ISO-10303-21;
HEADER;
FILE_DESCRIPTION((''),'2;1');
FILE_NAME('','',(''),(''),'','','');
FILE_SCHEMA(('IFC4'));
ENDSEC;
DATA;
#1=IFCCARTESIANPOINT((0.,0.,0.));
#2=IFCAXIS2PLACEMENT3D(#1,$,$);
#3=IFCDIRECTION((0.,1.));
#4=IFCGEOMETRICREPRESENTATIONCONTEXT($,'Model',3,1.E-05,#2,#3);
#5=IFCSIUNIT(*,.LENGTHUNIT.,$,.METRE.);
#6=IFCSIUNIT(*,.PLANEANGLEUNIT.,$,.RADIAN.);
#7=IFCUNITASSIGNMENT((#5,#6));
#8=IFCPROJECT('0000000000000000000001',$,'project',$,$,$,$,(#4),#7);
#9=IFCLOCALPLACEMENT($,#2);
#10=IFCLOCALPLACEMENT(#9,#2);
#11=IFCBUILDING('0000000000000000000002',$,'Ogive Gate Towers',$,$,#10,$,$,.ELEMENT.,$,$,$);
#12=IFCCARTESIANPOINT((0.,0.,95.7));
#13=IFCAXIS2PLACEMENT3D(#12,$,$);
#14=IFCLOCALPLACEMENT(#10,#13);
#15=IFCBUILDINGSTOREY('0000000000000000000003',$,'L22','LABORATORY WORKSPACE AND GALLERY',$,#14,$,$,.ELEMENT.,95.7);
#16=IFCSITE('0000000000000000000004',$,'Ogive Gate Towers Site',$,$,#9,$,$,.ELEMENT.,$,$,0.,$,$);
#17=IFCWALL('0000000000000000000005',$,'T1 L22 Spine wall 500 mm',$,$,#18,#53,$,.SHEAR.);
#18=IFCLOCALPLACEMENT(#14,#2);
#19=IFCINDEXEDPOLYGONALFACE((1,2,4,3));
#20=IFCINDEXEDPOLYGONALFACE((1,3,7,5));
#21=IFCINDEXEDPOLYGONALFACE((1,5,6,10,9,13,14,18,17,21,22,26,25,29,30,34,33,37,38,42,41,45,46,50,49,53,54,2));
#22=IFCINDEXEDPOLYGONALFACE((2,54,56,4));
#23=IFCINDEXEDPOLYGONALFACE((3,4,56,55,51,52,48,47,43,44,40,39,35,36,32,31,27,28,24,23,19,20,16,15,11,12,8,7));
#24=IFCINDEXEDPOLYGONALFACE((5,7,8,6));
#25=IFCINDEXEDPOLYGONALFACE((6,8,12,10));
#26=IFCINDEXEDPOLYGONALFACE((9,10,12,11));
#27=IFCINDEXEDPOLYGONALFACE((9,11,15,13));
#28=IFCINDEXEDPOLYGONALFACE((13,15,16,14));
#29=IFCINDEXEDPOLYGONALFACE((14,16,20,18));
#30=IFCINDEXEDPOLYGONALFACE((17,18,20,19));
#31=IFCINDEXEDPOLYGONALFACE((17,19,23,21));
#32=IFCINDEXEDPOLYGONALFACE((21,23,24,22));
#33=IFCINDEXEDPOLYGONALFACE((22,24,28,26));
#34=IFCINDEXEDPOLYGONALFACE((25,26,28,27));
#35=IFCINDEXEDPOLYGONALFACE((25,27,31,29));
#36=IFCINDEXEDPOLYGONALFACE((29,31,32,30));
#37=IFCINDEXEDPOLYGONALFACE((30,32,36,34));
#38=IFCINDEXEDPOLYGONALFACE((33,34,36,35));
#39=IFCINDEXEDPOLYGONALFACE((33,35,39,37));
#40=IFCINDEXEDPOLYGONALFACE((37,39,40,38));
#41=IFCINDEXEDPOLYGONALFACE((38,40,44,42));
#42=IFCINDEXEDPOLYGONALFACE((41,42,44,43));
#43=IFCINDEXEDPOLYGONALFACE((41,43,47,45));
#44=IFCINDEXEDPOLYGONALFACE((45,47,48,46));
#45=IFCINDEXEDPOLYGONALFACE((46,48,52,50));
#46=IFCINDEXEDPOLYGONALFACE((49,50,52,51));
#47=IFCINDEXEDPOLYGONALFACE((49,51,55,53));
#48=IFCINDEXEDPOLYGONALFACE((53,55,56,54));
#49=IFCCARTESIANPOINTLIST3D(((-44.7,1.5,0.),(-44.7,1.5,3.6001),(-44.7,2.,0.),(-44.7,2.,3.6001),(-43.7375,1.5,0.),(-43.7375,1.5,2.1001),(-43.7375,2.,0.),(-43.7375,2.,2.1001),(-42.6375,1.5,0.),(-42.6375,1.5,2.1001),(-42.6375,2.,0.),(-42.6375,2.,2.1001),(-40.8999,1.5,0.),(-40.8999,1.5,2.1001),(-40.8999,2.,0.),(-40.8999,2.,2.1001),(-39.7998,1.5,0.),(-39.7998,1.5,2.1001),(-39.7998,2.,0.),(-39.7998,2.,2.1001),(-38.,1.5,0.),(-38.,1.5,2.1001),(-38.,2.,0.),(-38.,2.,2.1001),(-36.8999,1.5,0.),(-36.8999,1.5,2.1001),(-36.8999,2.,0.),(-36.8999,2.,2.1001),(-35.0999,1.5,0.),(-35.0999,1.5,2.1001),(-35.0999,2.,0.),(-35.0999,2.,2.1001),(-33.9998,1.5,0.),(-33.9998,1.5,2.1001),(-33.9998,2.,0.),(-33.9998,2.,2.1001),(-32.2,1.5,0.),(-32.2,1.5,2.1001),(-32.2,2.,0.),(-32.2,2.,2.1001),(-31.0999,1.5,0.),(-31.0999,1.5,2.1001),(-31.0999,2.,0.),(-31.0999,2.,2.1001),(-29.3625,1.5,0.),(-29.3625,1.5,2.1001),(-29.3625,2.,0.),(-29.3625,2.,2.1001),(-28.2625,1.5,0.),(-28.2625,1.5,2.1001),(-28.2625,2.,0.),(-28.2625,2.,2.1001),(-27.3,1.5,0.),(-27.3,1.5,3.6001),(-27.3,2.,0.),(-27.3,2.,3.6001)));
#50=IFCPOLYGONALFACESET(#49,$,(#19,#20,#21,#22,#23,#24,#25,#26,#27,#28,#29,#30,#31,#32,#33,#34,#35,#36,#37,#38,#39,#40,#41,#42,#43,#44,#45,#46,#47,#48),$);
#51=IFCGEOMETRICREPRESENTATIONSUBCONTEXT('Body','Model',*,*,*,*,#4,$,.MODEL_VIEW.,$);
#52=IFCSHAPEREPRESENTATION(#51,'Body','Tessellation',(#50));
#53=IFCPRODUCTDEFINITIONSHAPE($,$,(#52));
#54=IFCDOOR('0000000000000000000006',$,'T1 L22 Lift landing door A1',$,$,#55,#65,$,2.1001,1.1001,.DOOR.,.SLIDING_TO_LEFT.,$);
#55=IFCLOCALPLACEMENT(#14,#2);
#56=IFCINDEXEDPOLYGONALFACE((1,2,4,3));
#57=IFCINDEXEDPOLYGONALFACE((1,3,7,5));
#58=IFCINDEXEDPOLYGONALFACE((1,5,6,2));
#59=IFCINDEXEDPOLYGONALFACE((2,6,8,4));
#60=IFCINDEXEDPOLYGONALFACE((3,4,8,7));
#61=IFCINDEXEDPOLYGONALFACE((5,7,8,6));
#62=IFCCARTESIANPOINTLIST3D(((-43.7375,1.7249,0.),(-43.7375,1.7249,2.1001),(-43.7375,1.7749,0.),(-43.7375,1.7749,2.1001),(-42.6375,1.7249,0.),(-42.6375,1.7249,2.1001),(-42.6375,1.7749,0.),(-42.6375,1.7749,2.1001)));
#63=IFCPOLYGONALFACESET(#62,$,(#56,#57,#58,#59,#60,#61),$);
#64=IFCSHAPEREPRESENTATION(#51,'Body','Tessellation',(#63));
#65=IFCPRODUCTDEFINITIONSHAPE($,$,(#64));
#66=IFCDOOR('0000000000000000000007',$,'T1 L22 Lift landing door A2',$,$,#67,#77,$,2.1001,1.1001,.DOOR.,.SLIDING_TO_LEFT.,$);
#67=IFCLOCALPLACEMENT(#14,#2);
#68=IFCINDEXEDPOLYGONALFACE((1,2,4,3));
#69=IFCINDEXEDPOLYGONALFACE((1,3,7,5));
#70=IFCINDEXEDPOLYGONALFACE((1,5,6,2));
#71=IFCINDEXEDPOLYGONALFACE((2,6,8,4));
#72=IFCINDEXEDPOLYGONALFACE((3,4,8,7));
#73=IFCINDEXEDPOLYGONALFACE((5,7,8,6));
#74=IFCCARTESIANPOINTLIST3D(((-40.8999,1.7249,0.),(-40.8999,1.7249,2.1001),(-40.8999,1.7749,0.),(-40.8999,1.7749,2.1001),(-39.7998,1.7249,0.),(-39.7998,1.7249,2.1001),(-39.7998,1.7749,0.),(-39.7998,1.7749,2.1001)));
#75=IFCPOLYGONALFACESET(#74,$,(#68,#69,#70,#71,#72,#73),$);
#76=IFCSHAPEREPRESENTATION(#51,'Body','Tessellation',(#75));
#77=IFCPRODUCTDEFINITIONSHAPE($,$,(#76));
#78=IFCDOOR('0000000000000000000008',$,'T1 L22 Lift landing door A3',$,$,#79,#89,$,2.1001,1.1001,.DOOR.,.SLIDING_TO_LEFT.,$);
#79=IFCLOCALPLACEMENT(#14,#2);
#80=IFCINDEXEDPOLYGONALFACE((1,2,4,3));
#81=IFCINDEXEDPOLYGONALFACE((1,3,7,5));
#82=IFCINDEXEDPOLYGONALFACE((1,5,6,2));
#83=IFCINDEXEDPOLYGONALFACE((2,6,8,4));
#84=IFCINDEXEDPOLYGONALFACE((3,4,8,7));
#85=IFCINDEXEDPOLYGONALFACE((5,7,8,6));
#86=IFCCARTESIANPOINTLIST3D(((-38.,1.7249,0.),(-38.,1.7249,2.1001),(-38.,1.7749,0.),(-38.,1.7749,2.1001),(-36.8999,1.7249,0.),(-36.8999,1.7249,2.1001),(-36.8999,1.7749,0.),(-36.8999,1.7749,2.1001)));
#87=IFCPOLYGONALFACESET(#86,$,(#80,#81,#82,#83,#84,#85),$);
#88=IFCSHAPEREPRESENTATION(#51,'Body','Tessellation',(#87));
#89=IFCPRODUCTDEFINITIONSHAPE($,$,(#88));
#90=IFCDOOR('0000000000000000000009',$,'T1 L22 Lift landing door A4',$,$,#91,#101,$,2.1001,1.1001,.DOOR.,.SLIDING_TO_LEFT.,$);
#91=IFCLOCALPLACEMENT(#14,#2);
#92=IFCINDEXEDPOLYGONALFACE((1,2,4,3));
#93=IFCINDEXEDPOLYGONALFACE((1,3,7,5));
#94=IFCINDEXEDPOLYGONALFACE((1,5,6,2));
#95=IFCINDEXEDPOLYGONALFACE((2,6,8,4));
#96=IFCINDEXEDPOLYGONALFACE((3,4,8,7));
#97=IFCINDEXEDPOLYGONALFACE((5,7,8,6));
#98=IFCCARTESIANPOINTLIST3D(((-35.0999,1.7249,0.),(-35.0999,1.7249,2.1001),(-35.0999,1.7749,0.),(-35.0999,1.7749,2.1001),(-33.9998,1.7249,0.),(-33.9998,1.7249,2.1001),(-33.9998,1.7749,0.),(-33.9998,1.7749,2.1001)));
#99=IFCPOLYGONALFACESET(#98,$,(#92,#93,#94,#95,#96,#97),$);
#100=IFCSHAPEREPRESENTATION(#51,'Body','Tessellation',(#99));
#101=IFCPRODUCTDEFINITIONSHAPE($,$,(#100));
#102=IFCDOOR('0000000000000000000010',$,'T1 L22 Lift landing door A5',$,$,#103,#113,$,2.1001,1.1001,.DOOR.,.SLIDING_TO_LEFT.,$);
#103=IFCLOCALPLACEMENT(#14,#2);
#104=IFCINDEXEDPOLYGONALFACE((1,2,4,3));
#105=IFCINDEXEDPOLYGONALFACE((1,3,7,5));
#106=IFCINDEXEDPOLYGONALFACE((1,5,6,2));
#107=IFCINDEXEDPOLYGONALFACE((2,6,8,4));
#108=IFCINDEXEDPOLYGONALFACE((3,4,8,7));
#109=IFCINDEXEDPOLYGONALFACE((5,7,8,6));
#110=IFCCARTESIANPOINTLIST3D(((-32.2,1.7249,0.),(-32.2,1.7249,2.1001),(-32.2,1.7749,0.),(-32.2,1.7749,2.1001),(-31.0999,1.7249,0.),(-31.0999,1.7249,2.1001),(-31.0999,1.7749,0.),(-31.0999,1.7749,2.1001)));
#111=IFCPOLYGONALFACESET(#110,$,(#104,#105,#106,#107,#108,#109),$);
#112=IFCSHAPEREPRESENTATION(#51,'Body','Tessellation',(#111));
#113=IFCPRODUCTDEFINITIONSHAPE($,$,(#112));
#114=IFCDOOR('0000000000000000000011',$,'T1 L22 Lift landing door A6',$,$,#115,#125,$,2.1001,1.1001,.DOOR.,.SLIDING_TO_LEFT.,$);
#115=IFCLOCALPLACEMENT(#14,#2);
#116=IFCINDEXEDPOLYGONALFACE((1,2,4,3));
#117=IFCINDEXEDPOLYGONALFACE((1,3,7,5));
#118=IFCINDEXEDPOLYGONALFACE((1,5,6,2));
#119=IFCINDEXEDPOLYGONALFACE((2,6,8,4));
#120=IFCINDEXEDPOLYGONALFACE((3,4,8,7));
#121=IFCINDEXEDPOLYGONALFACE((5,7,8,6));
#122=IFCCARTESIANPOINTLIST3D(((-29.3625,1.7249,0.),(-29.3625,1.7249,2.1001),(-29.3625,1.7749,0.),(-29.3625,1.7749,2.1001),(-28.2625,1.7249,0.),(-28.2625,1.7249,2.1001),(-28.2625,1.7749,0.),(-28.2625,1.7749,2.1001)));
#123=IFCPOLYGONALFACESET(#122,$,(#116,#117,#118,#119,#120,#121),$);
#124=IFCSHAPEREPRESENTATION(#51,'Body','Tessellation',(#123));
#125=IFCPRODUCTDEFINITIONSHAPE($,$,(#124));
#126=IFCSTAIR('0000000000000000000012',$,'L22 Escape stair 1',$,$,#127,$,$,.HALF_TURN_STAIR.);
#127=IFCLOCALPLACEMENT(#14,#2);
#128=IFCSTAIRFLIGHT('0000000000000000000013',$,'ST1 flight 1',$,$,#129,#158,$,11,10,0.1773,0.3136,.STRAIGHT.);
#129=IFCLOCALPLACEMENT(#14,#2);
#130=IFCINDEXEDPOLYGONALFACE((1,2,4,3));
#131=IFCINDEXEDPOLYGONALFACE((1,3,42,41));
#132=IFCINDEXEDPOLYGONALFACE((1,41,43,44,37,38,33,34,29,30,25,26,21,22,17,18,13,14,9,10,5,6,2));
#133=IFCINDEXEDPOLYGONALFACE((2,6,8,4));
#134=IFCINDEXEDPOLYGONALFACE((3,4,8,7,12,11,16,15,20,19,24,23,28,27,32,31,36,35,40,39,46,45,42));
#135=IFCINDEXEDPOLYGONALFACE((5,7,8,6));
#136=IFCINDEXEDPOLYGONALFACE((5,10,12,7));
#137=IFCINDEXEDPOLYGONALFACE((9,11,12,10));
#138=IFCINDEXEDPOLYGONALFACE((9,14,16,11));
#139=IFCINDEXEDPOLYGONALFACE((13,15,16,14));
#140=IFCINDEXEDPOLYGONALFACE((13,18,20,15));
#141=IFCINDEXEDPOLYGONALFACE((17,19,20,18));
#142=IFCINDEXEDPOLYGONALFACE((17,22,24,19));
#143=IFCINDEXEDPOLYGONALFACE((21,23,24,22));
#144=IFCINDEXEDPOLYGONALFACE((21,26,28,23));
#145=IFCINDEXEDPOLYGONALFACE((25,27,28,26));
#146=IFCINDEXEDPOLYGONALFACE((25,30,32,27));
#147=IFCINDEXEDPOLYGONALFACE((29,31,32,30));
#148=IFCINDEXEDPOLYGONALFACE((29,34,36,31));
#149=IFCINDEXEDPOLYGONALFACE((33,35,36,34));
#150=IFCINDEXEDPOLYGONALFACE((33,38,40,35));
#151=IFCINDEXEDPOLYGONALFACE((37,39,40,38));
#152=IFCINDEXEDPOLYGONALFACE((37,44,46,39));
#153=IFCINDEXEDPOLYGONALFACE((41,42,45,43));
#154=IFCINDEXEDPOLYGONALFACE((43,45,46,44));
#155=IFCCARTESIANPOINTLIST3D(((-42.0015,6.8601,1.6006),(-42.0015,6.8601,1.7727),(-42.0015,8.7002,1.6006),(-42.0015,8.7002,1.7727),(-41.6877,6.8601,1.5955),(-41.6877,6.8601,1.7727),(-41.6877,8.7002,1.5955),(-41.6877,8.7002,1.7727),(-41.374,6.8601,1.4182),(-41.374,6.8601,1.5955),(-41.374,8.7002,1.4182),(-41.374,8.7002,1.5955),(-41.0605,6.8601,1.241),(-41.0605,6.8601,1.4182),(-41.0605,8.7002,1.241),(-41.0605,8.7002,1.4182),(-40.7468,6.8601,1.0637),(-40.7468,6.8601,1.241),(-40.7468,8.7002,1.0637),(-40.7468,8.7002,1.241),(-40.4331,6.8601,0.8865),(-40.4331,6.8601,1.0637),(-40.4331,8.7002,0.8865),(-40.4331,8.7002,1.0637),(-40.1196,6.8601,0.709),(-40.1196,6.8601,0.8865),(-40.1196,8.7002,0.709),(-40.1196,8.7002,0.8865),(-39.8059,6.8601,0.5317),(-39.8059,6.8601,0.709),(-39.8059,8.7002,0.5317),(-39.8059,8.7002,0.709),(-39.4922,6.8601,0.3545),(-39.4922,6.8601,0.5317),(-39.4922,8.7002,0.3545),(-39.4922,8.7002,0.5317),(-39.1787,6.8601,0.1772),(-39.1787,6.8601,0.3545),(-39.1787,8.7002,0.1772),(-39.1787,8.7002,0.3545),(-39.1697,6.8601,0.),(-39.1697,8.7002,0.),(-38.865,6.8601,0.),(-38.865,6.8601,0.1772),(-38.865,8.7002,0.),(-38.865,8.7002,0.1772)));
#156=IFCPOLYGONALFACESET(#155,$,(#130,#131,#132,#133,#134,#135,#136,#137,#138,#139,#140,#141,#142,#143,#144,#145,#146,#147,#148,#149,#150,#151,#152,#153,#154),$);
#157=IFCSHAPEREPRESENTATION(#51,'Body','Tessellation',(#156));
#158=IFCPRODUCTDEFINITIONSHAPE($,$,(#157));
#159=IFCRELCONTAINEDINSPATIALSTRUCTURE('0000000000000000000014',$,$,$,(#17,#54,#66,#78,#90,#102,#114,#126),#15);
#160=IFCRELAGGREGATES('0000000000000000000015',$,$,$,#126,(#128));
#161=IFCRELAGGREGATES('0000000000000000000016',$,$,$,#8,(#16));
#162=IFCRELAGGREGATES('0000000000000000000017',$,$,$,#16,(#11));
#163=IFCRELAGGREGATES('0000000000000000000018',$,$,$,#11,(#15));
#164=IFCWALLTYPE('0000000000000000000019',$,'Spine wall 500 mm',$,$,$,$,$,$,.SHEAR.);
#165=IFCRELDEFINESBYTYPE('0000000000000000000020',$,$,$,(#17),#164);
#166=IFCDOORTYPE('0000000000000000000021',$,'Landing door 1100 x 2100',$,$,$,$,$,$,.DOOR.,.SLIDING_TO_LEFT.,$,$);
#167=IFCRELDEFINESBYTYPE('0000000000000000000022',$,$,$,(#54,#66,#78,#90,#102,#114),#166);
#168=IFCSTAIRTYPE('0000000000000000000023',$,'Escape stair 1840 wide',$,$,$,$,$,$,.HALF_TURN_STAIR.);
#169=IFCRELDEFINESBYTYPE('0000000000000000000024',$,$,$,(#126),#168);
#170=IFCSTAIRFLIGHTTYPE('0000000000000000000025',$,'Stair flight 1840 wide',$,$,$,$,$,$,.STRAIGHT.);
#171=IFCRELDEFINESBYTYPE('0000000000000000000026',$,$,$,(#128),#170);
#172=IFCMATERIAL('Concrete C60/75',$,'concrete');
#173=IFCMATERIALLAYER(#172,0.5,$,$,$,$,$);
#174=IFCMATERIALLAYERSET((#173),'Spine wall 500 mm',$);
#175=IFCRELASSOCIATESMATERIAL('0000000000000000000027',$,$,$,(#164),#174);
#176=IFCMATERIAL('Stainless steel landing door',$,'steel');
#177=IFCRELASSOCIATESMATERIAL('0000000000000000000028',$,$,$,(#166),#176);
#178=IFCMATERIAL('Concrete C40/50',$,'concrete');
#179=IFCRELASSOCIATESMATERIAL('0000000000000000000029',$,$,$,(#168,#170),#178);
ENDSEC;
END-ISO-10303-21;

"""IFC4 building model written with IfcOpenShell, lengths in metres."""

from ifc_helpers import new_model, si_unit, direction, frame, frame_2d, origin, place, context, subcontext, project, spatial, polyline, rectangle, outline, extrude, material, layer, layer_set, type_object, element, fill, aggregate, save


model = new_model("IFC4")

# Units and contexts
model_context = context("Model", 3, precision=1e-05, world=origin(), true_north=direction((0.0, 1.0)))
body_context = subcontext(model_context, "Body", "Model", "MODEL_VIEW")
ifc_project = project(units=[si_unit("LENGTHUNIT", "METRE"), si_unit("PLANEANGLEUNIT", "RADIAN")], contexts=[model_context])

# Site, building, storey
site_placement = place(None, origin())
site = spatial("IfcSite", under=ifc_project, at=site_placement, Name="Ogive Gate Towers Site", CompositionType="ELEMENT", RefElevation=0.0)
building_placement = place(site_placement, origin())
building = spatial("IfcBuilding", under=site, at=building_placement, Name="Ogive Gate Towers", CompositionType="ELEMENT")
storey_placement = place(building_placement, frame((0.0, 0.0, 95.7)))
storey = spatial("IfcBuildingStorey", under=building, at=storey_placement, Name="L22", Description="LABORATORY WORKSPACE AND GALLERY", CompositionType="ELEMENT", Elevation=95.7)

# Shared definitions
ifc_material_1 = material(Name="Concrete C60/75", Category="concrete")

# Wall, openings, doors
ifc_layer_1 = layer(ifc_material_1, 0.5)
ifc_layer_set_1 = layer_set([ifc_layer_1], Name="Spine wall 500 mm")
wall_type_1 = type_object("IfcWallType", Name="Spine wall 500 mm", PredefinedType="SHEAR", material=ifc_layer_set_1)
wall_1_placement = place(storey_placement, frame((-44.7, 1.75, 0.0), z_axis=(0.0, 0.0, 1.0), x_axis=(1.0, 0.0, 0.0)))
wall_1 = element("IfcWall", 1, at=wall_1_placement, inside=storey, type_object=wall_type_1, Name="T1 L22 Spine wall 500 mm", PredefinedType="SHEAR", context=body_context, shape_type="SweptSolid", body=[
    extrude(rectangle(XDim=17.3999, YDim=0.5, at=frame_2d((8.7, 0.0))), origin(), (0.0, 0.0, 1.0), 3.6001),
])
opening_1_placement = place(wall_1_placement, frame((0.9624, 0.0, 0.0)))
opening_1 = element("IfcOpeningElement", 2, at=opening_1_placement, cuts=wall_1, PredefinedType="OPENING", context=body_context, shape_type="SweptSolid", body=[
    extrude(rectangle(XDim=1.1001, YDim=2.1001, at=frame_2d((0.55, 1.05))), frame((0.0, 0.26, 0.0), z_axis=(0.0, -1.0, 0.0), x_axis=(1.0, 0.0, 0.0)), (0.0, 0.0, 1.0), 0.52),
])
opening_2_placement = place(wall_1_placement, frame((3.8, 0.0, 0.0)))
opening_2 = element("IfcOpeningElement", 3, at=opening_2_placement, cuts=wall_1, PredefinedType="OPENING", context=body_context, shape_type="SweptSolid", body=[
    extrude(rectangle(XDim=1.1001, YDim=2.1001, at=frame_2d((0.55, 1.05))), frame((0.0, 0.26, 0.0), z_axis=(0.0, -1.0, 0.0), x_axis=(1.0, 0.0, 0.0)), (0.0, 0.0, 1.0), 0.52),
])
opening_3_placement = place(wall_1_placement, frame((6.7, 0.0, 0.0)))
opening_3 = element("IfcOpeningElement", 4, at=opening_3_placement, cuts=wall_1, PredefinedType="OPENING", context=body_context, shape_type="SweptSolid", body=[
    extrude(rectangle(XDim=1.1001, YDim=2.1001, at=frame_2d((0.55, 1.05))), frame((0.0, 0.26, 0.0), z_axis=(0.0, -1.0, 0.0), x_axis=(1.0, 0.0, 0.0)), (0.0, 0.0, 1.0), 0.52),
])
opening_4_placement = place(wall_1_placement, frame((9.6001, 0.0, 0.0)))
opening_4 = element("IfcOpeningElement", 5, at=opening_4_placement, cuts=wall_1, PredefinedType="OPENING", context=body_context, shape_type="SweptSolid", body=[
    extrude(rectangle(XDim=1.1001, YDim=2.1001, at=frame_2d((0.55, 1.05))), frame((0.0, 0.26, 0.0), z_axis=(0.0, -1.0, 0.0), x_axis=(1.0, 0.0, 0.0)), (0.0, 0.0, 1.0), 0.52),
])
opening_5_placement = place(wall_1_placement, frame((12.5, 0.0, 0.0)))
opening_5 = element("IfcOpeningElement", 6, at=opening_5_placement, cuts=wall_1, PredefinedType="OPENING", context=body_context, shape_type="SweptSolid", body=[
    extrude(rectangle(XDim=1.1001, YDim=2.1001, at=frame_2d((0.55, 1.05))), frame((0.0, 0.26, 0.0), z_axis=(0.0, -1.0, 0.0), x_axis=(1.0, 0.0, 0.0)), (0.0, 0.0, 1.0), 0.52),
])
opening_6_placement = place(wall_1_placement, frame((15.3374, 0.0, 0.0)))
opening_6 = element("IfcOpeningElement", 7, at=opening_6_placement, cuts=wall_1, PredefinedType="OPENING", context=body_context, shape_type="SweptSolid", body=[
    extrude(rectangle(XDim=1.1001, YDim=2.1001, at=frame_2d((0.55, 1.05))), frame((0.0, 0.26, 0.0), z_axis=(0.0, -1.0, 0.0), x_axis=(1.0, 0.0, 0.0)), (0.0, 0.0, 1.0), 0.52),
])
ifc_material_2 = material(Name="Stainless steel landing door", Category="steel")
door_type_1 = type_object("IfcDoorType", Name="Landing door 1100 x 2100", OperationType="SLIDING_TO_LEFT", PredefinedType="DOOR", material=ifc_material_2)
door_1_placement = place(opening_1_placement, origin())
door_1 = element("IfcDoor", 8, at=door_1_placement, inside=storey, type_object=door_type_1, Name="T1 L22 Lift landing door A1", OperationType="SLIDING_TO_LEFT", OverallHeight=2.1001, OverallWidth=1.1001, PredefinedType="DOOR", context=body_context, shape_type="SweptSolid", body=[
    extrude(rectangle(XDim=1.1001, YDim=2.1001, at=frame_2d((0.55, 1.05))), frame((0.0, 0.0249, 0.0), z_axis=(0.0, -1.0, 0.0), x_axis=(1.0, 0.0, 0.0)), (0.0, 0.0, 1.0), 0.05),
])
fill(opening_1, door_1)
door_2_placement = place(opening_2_placement, origin())
door_2 = element("IfcDoor", 9, at=door_2_placement, inside=storey, type_object=door_type_1, Name="T1 L22 Lift landing door A2", OperationType="SLIDING_TO_LEFT", OverallHeight=2.1001, OverallWidth=1.1001, PredefinedType="DOOR", context=body_context, shape_type="SweptSolid", body=[
    extrude(rectangle(XDim=1.1001, YDim=2.1001, at=frame_2d((0.55, 1.05))), frame((0.0, 0.0249, 0.0), z_axis=(0.0, -1.0, 0.0), x_axis=(1.0, 0.0, 0.0)), (0.0, 0.0, 1.0), 0.05),
])
fill(opening_2, door_2)
door_3_placement = place(opening_3_placement, origin())
door_3 = element("IfcDoor", 10, at=door_3_placement, inside=storey, type_object=door_type_1, Name="T1 L22 Lift landing door A3", OperationType="SLIDING_TO_LEFT", OverallHeight=2.1001, OverallWidth=1.1001, PredefinedType="DOOR", context=body_context, shape_type="SweptSolid", body=[
    extrude(rectangle(XDim=1.1001, YDim=2.1001, at=frame_2d((0.55, 1.05))), frame((0.0, 0.0249, 0.0), z_axis=(0.0, -1.0, 0.0), x_axis=(1.0, 0.0, 0.0)), (0.0, 0.0, 1.0), 0.05),
])
fill(opening_3, door_3)
door_4_placement = place(opening_4_placement, origin())
door_4 = element("IfcDoor", 11, at=door_4_placement, inside=storey, type_object=door_type_1, Name="T1 L22 Lift landing door A4", OperationType="SLIDING_TO_LEFT", OverallHeight=2.1001, OverallWidth=1.1001, PredefinedType="DOOR", context=body_context, shape_type="SweptSolid", body=[
    extrude(rectangle(XDim=1.1001, YDim=2.1001, at=frame_2d((0.55, 1.05))), frame((0.0, 0.0249, 0.0), z_axis=(0.0, -1.0, 0.0), x_axis=(1.0, 0.0, 0.0)), (0.0, 0.0, 1.0), 0.05),
])
fill(opening_4, door_4)
door_5_placement = place(opening_5_placement, origin())
door_5 = element("IfcDoor", 12, at=door_5_placement, inside=storey, type_object=door_type_1, Name="T1 L22 Lift landing door A5", OperationType="SLIDING_TO_LEFT", OverallHeight=2.1001, OverallWidth=1.1001, PredefinedType="DOOR", context=body_context, shape_type="SweptSolid", body=[
    extrude(rectangle(XDim=1.1001, YDim=2.1001, at=frame_2d((0.55, 1.05))), frame((0.0, 0.0249, 0.0), z_axis=(0.0, -1.0, 0.0), x_axis=(1.0, 0.0, 0.0)), (0.0, 0.0, 1.0), 0.05),
])
fill(opening_5, door_5)
door_6_placement = place(opening_6_placement, origin())
door_6 = element("IfcDoor", 13, at=door_6_placement, inside=storey, type_object=door_type_1, Name="T1 L22 Lift landing door A6", OperationType="SLIDING_TO_LEFT", OverallHeight=2.1001, OverallWidth=1.1001, PredefinedType="DOOR", context=body_context, shape_type="SweptSolid", body=[
    extrude(rectangle(XDim=1.1001, YDim=2.1001, at=frame_2d((0.55, 1.05))), frame((0.0, 0.0249, 0.0), z_axis=(0.0, -1.0, 0.0), x_axis=(1.0, 0.0, 0.0)), (0.0, 0.0, 1.0), 0.05),
])
fill(opening_6, door_6)

# Stair, stair flight
ifc_material_3 = material(Name="Concrete C40/50", Category="concrete")
stair_type = type_object("IfcStairType", Name="Escape stair 1840 wide", PredefinedType="HALF_TURN_STAIR", material=ifc_material_3)
stair_placement = place(storey_placement, origin())
stair = element("IfcStair", 14, at=stair_placement, inside=storey, type_object=stair_type, Name="L22 Escape stair 1", PredefinedType="HALF_TURN_STAIR")
stair_flight_type = type_object("IfcStairFlightType", Name="Stair flight 1840 wide", PredefinedType="STRAIGHT", material=ifc_material_3)
stair_flight_1_placement = place(storey_placement, frame((-38.865, 7.78, 0.0), z_axis=(0.0, 0.0, 1.0), x_axis=(-1.0, 0.0, 0.0)))
stair_flight_1 = element("IfcStairFlight", 15, at=stair_flight_1_placement, type_object=stair_flight_type, Name="ST1 flight 1", NumberOfRisers=11, NumberOfTreads=10, PredefinedType="STRAIGHT", RiserHeight=0.1773, TreadLength=0.3136, context=body_context, shape_type="SweptSolid", body=[
    extrude(outline(polyline([(0.0, 0.0), (0.0, 0.1772), (0.3137, 0.1772), (0.3137, 0.3545), (0.6272, 0.3545), (0.6272, 0.5317), (0.9409, 0.5317), (0.9409, 0.709), (1.2546, 0.709), (1.2546, 0.8865), (1.5681, 0.8865), (1.5681, 1.0637), (1.8818, 1.0637), (1.8818, 1.241), (2.1956, 1.241), (2.1956, 1.4182), (2.509, 1.4182), (2.509, 1.5955), (2.8228, 1.5955), (2.8228, 1.7727), (3.1365, 1.7727), (3.1365, 1.95), (3.1365, 1.6006), (0.3047, 0.0), (0.0, 0.0)])), frame((0.0, 0.9199, 0.0), z_axis=(0.0, -1.0, 0.0), x_axis=(1.0, 0.0, 0.0)), (0.0, 0.0, 1.0), 1.8401),
])
aggregate(stair, [stair_flight_1])

save(model, "model.ifc")
